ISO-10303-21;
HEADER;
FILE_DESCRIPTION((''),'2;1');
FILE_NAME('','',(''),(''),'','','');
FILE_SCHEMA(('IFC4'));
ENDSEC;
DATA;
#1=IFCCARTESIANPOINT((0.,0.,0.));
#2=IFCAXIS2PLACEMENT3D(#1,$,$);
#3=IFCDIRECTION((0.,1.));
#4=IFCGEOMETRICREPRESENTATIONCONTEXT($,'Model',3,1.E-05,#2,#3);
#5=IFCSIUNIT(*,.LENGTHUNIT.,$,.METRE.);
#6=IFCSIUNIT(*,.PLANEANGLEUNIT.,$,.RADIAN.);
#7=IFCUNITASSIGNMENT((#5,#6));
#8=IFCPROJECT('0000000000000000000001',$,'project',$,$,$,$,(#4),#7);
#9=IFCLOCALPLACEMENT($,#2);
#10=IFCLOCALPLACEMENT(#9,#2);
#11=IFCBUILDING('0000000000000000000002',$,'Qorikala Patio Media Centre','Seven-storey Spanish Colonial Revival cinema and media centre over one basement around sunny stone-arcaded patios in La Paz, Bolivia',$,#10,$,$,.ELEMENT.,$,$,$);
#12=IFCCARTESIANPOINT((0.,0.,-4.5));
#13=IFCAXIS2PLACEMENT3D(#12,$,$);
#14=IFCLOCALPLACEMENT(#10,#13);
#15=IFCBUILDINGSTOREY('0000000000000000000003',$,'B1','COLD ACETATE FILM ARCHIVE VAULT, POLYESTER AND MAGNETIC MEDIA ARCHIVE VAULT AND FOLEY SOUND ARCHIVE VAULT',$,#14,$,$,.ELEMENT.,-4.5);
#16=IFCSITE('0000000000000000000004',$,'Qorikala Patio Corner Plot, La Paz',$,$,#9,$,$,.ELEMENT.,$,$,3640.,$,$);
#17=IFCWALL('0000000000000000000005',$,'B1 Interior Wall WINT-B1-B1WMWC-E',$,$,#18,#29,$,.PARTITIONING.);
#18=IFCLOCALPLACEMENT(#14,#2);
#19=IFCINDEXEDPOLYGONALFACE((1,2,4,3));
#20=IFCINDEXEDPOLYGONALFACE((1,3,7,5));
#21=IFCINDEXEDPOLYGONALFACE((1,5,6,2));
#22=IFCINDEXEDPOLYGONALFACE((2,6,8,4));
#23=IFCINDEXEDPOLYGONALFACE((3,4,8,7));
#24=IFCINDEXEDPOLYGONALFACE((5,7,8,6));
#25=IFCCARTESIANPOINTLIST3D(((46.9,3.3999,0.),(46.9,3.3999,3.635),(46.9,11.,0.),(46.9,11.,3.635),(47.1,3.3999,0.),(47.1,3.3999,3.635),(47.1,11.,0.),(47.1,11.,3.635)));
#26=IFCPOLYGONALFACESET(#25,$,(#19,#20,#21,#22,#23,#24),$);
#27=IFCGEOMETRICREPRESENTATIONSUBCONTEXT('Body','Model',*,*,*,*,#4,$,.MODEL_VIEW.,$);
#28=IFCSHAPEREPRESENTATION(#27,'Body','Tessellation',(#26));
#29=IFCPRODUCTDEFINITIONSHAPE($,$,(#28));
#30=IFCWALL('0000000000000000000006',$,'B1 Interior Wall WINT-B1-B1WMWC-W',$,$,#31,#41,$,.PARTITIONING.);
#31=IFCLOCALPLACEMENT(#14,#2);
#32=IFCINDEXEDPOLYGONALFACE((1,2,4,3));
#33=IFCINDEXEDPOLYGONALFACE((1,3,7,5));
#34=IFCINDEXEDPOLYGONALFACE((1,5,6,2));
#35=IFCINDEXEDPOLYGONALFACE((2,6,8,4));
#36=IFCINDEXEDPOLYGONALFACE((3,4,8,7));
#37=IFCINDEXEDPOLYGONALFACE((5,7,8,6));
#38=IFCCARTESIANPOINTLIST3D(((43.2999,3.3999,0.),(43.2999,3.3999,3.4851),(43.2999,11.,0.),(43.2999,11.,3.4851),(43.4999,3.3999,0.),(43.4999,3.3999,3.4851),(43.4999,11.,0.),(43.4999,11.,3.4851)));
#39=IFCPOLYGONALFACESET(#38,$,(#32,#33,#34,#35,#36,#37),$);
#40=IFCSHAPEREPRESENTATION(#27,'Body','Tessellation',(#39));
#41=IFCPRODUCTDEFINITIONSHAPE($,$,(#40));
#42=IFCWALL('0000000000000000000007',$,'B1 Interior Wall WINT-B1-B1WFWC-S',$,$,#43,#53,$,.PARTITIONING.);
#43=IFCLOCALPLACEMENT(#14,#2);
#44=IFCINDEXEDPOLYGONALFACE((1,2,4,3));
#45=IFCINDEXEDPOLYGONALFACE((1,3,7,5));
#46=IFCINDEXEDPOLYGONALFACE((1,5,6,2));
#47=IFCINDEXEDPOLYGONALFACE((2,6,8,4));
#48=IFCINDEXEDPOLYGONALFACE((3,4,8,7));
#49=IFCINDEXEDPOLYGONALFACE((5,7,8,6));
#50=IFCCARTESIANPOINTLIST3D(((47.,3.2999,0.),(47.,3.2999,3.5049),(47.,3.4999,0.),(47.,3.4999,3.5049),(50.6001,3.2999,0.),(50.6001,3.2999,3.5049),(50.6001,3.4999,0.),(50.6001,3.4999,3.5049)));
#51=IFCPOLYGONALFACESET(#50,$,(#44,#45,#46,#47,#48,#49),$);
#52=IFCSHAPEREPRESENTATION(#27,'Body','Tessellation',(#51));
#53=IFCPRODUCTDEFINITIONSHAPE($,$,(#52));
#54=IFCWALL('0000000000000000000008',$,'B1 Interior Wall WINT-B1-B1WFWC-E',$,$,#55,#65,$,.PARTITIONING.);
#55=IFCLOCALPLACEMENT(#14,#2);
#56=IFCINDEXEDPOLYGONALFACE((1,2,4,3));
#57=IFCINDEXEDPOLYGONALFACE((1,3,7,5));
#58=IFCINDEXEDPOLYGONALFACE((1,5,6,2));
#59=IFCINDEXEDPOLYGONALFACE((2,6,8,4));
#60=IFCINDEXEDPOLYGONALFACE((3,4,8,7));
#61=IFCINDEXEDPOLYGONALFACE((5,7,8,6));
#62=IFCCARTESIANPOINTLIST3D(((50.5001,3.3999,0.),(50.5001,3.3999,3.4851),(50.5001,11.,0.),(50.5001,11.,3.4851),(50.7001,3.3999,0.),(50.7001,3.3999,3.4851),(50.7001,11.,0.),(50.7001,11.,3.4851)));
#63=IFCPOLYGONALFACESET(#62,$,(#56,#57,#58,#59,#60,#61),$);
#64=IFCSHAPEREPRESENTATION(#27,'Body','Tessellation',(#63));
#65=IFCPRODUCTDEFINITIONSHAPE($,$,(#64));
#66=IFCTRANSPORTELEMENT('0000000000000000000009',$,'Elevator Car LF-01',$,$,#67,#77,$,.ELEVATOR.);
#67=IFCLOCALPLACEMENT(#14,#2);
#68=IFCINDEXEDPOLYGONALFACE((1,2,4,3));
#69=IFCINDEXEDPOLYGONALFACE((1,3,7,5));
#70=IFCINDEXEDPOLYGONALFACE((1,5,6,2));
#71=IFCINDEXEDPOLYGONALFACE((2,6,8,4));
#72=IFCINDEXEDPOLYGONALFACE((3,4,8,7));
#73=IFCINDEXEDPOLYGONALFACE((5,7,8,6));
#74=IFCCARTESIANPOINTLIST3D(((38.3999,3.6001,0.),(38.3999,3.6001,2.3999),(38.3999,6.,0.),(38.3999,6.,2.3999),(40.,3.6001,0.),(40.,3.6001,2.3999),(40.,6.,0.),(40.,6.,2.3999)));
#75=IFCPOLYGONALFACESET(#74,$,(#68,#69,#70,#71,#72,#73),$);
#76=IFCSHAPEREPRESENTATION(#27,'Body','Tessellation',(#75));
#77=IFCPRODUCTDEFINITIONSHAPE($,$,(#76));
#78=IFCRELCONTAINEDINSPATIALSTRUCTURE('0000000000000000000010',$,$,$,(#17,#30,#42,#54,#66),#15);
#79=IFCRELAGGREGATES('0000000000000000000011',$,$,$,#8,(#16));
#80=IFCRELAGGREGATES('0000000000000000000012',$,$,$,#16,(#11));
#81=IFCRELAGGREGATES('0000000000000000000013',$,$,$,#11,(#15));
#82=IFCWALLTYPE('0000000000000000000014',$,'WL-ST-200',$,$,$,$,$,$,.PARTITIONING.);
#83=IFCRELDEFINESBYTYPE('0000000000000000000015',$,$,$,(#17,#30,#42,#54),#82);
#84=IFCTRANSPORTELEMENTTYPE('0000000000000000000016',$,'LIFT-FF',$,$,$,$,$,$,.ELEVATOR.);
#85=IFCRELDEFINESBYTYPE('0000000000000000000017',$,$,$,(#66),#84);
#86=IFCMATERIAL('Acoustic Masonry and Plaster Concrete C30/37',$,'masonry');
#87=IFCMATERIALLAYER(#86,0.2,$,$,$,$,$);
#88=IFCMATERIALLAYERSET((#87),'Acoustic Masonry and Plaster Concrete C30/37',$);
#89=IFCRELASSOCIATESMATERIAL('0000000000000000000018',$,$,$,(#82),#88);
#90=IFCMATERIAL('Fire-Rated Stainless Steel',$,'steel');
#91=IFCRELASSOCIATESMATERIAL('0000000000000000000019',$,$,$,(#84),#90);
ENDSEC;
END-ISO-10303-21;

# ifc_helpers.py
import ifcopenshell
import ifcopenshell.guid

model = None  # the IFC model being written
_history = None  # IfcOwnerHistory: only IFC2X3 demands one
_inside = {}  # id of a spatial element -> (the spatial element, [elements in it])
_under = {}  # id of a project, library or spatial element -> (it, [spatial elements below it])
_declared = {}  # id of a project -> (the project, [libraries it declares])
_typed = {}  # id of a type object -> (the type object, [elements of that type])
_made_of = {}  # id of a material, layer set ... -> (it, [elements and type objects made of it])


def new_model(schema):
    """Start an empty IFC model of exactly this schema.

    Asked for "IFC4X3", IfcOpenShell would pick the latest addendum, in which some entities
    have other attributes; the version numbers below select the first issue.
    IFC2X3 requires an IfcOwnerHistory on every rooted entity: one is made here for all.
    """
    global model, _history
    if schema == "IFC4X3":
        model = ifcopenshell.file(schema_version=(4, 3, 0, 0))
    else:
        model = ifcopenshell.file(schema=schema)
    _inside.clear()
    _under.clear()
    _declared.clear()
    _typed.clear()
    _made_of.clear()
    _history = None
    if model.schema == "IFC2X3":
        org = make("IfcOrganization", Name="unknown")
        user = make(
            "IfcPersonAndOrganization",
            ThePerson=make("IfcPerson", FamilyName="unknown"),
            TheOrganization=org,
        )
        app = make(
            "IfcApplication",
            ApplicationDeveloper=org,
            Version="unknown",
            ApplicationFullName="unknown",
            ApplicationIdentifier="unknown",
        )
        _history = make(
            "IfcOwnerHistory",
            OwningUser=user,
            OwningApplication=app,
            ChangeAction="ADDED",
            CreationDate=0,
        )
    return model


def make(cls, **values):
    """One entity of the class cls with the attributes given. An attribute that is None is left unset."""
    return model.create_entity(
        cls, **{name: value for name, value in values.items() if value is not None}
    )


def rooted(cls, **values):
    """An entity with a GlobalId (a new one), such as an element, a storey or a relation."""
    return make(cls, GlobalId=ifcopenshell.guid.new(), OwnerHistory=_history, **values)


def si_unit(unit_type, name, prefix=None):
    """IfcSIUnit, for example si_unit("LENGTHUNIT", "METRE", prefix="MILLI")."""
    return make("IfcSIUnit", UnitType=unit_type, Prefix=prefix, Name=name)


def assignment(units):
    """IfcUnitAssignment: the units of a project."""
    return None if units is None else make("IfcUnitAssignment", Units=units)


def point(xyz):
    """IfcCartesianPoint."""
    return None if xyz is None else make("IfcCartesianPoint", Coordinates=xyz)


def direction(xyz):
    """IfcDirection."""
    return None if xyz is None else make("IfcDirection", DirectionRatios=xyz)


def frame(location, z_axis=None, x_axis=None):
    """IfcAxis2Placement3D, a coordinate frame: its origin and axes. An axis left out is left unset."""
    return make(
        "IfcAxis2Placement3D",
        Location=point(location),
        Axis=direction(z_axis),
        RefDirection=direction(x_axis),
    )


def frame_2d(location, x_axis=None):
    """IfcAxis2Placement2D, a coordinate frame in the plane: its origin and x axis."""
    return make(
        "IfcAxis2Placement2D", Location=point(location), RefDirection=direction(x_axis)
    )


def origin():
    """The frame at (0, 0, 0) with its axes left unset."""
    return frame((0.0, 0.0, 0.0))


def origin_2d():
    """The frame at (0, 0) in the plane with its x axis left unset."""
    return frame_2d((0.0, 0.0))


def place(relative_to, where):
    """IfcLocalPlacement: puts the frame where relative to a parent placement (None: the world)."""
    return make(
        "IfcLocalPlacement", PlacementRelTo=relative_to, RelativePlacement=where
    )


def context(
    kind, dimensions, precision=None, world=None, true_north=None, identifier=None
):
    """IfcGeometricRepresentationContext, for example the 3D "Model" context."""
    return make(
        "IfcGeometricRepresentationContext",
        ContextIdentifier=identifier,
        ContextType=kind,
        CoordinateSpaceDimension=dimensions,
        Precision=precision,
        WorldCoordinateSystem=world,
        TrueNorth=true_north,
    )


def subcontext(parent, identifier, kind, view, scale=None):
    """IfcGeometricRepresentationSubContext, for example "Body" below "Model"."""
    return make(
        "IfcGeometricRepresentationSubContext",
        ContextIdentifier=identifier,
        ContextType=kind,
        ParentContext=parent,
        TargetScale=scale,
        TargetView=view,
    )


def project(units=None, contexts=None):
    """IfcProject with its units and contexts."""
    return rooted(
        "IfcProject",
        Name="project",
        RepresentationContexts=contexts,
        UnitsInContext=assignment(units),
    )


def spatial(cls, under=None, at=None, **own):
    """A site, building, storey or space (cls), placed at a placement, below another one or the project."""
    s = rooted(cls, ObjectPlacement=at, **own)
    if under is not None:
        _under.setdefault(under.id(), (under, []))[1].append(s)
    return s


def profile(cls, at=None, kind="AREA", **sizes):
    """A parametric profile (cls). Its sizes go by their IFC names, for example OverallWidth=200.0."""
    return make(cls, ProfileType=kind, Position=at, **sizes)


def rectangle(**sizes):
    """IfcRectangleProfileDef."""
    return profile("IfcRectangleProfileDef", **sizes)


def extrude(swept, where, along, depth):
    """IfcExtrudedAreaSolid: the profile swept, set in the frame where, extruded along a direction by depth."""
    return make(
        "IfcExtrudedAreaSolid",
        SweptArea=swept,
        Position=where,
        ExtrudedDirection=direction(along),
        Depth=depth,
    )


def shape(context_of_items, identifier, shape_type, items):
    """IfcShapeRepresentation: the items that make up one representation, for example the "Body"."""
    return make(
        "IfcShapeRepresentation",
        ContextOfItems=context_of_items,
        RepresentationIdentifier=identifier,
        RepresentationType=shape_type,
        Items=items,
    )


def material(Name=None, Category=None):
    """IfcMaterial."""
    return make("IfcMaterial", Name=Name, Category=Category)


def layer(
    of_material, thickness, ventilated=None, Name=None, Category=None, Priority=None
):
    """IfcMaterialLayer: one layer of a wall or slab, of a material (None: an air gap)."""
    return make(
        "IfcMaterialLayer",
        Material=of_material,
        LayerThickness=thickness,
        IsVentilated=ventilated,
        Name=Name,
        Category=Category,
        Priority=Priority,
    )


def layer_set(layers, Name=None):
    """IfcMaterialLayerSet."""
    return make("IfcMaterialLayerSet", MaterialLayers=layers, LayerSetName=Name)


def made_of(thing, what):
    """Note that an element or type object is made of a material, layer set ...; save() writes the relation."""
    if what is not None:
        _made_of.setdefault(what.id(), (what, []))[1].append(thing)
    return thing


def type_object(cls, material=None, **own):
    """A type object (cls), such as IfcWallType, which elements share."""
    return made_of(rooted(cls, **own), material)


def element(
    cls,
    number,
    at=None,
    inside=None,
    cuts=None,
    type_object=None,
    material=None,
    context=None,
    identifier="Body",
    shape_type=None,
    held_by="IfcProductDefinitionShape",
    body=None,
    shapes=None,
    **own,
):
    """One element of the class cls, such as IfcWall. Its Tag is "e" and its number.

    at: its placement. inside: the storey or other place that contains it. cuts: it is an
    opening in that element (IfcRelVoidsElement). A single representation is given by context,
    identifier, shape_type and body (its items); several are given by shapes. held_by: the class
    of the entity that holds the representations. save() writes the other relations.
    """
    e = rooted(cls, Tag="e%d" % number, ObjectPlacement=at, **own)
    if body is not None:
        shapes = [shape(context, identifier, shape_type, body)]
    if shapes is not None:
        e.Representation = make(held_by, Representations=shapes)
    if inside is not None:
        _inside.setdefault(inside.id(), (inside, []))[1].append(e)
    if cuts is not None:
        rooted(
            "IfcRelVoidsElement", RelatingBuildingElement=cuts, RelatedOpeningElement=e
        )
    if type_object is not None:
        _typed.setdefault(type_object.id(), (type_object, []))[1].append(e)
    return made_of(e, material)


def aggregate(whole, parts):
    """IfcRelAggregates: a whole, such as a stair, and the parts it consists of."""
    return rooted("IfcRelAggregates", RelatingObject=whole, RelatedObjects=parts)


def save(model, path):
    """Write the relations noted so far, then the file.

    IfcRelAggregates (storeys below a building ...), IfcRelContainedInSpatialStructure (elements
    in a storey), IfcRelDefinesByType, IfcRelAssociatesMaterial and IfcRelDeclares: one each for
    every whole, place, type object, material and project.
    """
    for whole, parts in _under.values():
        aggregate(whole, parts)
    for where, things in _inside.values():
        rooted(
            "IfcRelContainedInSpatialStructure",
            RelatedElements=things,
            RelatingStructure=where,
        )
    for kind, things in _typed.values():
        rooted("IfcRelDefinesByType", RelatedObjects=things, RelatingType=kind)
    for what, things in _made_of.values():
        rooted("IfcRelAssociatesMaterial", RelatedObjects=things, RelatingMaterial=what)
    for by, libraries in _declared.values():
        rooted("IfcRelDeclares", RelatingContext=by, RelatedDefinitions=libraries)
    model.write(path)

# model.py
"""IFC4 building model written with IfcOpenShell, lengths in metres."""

from ifc_helpers import new_model, si_unit, direction, frame, frame_2d, origin, origin_2d, place, context, subcontext, project, spatial, rectangle, extrude, material, layer, layer_set, type_object, element, save


model = new_model("IFC4")

# Units and contexts
model_context = context("Model", 3, precision=1e-05, world=origin(), true_north=direction((0.0, 1.0)))
body_context = subcontext(model_context, "Body", "Model", "MODEL_VIEW")
ifc_project = project(units=[si_unit("LENGTHUNIT", "METRE"), si_unit("PLANEANGLEUNIT", "RADIAN")], contexts=[model_context])

# Site, building, storey
site_placement = place(None, origin())
site = spatial("IfcSite", under=ifc_project, at=site_placement, Name="Qorikala Patio Corner Plot, La Paz", CompositionType="ELEMENT", RefElevation=3640.0)
building_placement = place(site_placement, origin())
building = spatial("IfcBuilding", under=site, at=building_placement, Name="Qorikala Patio Media Centre", Description="Seven-storey Spanish Colonial Revival cinema and media centre over one basement around sunny stone-arcaded patios in La Paz, Bolivia", CompositionType="ELEMENT")
storey_placement = place(building_placement, frame((0.0, 0.0, -4.5)))
storey = spatial("IfcBuildingStorey", under=building, at=storey_placement, Name="B1", Description="COLD ACETATE FILM ARCHIVE VAULT, POLYESTER AND MAGNETIC MEDIA ARCHIVE VAULT AND FOLEY SOUND ARCHIVE VAULT", CompositionType="ELEMENT", Elevation=-4.5)

# Walls
ifc_material_1 = material(Name="Acoustic Masonry and Plaster Concrete C30/37", Category="masonry")
ifc_layer_1 = layer(ifc_material_1, 0.2)
ifc_layer_set_1 = layer_set([ifc_layer_1], Name="Acoustic Masonry and Plaster Concrete C30/37")
wall_type_1 = type_object("IfcWallType", Name="WL-ST-200", PredefinedType="PARTITIONING", material=ifc_layer_set_1)
wall_1_placement = place(storey_placement, frame((47.0, 3.3999, 0.0), z_axis=(0.0, 0.0, 1.0), x_axis=(0.0, 1.0, 0.0)))
element("IfcWall", 1, at=wall_1_placement, inside=storey, type_object=wall_type_1, Name="B1 Interior Wall WINT-B1-B1WMWC-E", PredefinedType="PARTITIONING", context=body_context, shape_type="SweptSolid", body=[
    extrude(rectangle(XDim=7.6001, YDim=0.2, at=frame_2d((3.8, 0.0))), origin(), (0.0, 0.0, 1.0), 3.635),
])
wall_2_placement = place(storey_placement, frame((43.3999, 3.3999, 0.0), z_axis=(0.0, 0.0, 1.0), x_axis=(0.0, 1.0, 0.0)))
element("IfcWall", 2, at=wall_2_placement, inside=storey, type_object=wall_type_1, Name="B1 Interior Wall WINT-B1-B1WMWC-W", PredefinedType="PARTITIONING", context=body_context, shape_type="SweptSolid", body=[
    extrude(rectangle(XDim=7.6001, YDim=0.2, at=frame_2d((3.8, 0.0))), origin(), (0.0, 0.0, 1.0), 3.4851),
])
wall_3_placement = place(storey_placement, frame((47.0, 3.3999, 0.0), z_axis=(0.0, 0.0, 1.0), x_axis=(1.0, 0.0, 0.0)))
element("IfcWall", 3, at=wall_3_placement, inside=storey, type_object=wall_type_1, Name="B1 Interior Wall WINT-B1-B1WFWC-S", PredefinedType="PARTITIONING", context=body_context, shape_type="SweptSolid", body=[
    extrude(rectangle(XDim=3.6001, YDim=0.2, at=frame_2d((1.8, 0.0))), origin(), (0.0, 0.0, 1.0), 3.5049),
])
wall_4_placement = place(storey_placement, frame((50.6001, 3.3999, 0.0), z_axis=(0.0, 0.0, 1.0), x_axis=(0.0, 1.0, 0.0)))
element("IfcWall", 4, at=wall_4_placement, inside=storey, type_object=wall_type_1, Name="B1 Interior Wall WINT-B1-B1WFWC-E", PredefinedType="PARTITIONING", context=body_context, shape_type="SweptSolid", body=[
    extrude(rectangle(XDim=7.6001, YDim=0.2, at=frame_2d((3.8, 0.0))), origin(), (0.0, 0.0, 1.0), 3.4851),
])

# Transport element
ifc_material_2 = material(Name="Fire-Rated Stainless Steel", Category="steel")
transport_element_type = type_object("IfcTransportElementType", Name="LIFT-FF", PredefinedType="ELEVATOR", material=ifc_material_2)
transport_element_placement = place(storey_placement, frame((39.2, 4.8, 0.0), z_axis=(0.0, 0.0, 1.0), x_axis=(1.0, 0.0, 0.0)))
element("IfcTransportElement", 5, at=transport_element_placement, inside=storey, type_object=transport_element_type, Name="Elevator Car LF-01", PredefinedType="ELEVATOR", context=body_context, shape_type="SweptSolid", body=[
    extrude(rectangle(XDim=1.6001, YDim=2.3999, at=origin_2d()), origin(), (0.0, 0.0, 1.0), 2.3999),
])

save(model, "model.ifc")
